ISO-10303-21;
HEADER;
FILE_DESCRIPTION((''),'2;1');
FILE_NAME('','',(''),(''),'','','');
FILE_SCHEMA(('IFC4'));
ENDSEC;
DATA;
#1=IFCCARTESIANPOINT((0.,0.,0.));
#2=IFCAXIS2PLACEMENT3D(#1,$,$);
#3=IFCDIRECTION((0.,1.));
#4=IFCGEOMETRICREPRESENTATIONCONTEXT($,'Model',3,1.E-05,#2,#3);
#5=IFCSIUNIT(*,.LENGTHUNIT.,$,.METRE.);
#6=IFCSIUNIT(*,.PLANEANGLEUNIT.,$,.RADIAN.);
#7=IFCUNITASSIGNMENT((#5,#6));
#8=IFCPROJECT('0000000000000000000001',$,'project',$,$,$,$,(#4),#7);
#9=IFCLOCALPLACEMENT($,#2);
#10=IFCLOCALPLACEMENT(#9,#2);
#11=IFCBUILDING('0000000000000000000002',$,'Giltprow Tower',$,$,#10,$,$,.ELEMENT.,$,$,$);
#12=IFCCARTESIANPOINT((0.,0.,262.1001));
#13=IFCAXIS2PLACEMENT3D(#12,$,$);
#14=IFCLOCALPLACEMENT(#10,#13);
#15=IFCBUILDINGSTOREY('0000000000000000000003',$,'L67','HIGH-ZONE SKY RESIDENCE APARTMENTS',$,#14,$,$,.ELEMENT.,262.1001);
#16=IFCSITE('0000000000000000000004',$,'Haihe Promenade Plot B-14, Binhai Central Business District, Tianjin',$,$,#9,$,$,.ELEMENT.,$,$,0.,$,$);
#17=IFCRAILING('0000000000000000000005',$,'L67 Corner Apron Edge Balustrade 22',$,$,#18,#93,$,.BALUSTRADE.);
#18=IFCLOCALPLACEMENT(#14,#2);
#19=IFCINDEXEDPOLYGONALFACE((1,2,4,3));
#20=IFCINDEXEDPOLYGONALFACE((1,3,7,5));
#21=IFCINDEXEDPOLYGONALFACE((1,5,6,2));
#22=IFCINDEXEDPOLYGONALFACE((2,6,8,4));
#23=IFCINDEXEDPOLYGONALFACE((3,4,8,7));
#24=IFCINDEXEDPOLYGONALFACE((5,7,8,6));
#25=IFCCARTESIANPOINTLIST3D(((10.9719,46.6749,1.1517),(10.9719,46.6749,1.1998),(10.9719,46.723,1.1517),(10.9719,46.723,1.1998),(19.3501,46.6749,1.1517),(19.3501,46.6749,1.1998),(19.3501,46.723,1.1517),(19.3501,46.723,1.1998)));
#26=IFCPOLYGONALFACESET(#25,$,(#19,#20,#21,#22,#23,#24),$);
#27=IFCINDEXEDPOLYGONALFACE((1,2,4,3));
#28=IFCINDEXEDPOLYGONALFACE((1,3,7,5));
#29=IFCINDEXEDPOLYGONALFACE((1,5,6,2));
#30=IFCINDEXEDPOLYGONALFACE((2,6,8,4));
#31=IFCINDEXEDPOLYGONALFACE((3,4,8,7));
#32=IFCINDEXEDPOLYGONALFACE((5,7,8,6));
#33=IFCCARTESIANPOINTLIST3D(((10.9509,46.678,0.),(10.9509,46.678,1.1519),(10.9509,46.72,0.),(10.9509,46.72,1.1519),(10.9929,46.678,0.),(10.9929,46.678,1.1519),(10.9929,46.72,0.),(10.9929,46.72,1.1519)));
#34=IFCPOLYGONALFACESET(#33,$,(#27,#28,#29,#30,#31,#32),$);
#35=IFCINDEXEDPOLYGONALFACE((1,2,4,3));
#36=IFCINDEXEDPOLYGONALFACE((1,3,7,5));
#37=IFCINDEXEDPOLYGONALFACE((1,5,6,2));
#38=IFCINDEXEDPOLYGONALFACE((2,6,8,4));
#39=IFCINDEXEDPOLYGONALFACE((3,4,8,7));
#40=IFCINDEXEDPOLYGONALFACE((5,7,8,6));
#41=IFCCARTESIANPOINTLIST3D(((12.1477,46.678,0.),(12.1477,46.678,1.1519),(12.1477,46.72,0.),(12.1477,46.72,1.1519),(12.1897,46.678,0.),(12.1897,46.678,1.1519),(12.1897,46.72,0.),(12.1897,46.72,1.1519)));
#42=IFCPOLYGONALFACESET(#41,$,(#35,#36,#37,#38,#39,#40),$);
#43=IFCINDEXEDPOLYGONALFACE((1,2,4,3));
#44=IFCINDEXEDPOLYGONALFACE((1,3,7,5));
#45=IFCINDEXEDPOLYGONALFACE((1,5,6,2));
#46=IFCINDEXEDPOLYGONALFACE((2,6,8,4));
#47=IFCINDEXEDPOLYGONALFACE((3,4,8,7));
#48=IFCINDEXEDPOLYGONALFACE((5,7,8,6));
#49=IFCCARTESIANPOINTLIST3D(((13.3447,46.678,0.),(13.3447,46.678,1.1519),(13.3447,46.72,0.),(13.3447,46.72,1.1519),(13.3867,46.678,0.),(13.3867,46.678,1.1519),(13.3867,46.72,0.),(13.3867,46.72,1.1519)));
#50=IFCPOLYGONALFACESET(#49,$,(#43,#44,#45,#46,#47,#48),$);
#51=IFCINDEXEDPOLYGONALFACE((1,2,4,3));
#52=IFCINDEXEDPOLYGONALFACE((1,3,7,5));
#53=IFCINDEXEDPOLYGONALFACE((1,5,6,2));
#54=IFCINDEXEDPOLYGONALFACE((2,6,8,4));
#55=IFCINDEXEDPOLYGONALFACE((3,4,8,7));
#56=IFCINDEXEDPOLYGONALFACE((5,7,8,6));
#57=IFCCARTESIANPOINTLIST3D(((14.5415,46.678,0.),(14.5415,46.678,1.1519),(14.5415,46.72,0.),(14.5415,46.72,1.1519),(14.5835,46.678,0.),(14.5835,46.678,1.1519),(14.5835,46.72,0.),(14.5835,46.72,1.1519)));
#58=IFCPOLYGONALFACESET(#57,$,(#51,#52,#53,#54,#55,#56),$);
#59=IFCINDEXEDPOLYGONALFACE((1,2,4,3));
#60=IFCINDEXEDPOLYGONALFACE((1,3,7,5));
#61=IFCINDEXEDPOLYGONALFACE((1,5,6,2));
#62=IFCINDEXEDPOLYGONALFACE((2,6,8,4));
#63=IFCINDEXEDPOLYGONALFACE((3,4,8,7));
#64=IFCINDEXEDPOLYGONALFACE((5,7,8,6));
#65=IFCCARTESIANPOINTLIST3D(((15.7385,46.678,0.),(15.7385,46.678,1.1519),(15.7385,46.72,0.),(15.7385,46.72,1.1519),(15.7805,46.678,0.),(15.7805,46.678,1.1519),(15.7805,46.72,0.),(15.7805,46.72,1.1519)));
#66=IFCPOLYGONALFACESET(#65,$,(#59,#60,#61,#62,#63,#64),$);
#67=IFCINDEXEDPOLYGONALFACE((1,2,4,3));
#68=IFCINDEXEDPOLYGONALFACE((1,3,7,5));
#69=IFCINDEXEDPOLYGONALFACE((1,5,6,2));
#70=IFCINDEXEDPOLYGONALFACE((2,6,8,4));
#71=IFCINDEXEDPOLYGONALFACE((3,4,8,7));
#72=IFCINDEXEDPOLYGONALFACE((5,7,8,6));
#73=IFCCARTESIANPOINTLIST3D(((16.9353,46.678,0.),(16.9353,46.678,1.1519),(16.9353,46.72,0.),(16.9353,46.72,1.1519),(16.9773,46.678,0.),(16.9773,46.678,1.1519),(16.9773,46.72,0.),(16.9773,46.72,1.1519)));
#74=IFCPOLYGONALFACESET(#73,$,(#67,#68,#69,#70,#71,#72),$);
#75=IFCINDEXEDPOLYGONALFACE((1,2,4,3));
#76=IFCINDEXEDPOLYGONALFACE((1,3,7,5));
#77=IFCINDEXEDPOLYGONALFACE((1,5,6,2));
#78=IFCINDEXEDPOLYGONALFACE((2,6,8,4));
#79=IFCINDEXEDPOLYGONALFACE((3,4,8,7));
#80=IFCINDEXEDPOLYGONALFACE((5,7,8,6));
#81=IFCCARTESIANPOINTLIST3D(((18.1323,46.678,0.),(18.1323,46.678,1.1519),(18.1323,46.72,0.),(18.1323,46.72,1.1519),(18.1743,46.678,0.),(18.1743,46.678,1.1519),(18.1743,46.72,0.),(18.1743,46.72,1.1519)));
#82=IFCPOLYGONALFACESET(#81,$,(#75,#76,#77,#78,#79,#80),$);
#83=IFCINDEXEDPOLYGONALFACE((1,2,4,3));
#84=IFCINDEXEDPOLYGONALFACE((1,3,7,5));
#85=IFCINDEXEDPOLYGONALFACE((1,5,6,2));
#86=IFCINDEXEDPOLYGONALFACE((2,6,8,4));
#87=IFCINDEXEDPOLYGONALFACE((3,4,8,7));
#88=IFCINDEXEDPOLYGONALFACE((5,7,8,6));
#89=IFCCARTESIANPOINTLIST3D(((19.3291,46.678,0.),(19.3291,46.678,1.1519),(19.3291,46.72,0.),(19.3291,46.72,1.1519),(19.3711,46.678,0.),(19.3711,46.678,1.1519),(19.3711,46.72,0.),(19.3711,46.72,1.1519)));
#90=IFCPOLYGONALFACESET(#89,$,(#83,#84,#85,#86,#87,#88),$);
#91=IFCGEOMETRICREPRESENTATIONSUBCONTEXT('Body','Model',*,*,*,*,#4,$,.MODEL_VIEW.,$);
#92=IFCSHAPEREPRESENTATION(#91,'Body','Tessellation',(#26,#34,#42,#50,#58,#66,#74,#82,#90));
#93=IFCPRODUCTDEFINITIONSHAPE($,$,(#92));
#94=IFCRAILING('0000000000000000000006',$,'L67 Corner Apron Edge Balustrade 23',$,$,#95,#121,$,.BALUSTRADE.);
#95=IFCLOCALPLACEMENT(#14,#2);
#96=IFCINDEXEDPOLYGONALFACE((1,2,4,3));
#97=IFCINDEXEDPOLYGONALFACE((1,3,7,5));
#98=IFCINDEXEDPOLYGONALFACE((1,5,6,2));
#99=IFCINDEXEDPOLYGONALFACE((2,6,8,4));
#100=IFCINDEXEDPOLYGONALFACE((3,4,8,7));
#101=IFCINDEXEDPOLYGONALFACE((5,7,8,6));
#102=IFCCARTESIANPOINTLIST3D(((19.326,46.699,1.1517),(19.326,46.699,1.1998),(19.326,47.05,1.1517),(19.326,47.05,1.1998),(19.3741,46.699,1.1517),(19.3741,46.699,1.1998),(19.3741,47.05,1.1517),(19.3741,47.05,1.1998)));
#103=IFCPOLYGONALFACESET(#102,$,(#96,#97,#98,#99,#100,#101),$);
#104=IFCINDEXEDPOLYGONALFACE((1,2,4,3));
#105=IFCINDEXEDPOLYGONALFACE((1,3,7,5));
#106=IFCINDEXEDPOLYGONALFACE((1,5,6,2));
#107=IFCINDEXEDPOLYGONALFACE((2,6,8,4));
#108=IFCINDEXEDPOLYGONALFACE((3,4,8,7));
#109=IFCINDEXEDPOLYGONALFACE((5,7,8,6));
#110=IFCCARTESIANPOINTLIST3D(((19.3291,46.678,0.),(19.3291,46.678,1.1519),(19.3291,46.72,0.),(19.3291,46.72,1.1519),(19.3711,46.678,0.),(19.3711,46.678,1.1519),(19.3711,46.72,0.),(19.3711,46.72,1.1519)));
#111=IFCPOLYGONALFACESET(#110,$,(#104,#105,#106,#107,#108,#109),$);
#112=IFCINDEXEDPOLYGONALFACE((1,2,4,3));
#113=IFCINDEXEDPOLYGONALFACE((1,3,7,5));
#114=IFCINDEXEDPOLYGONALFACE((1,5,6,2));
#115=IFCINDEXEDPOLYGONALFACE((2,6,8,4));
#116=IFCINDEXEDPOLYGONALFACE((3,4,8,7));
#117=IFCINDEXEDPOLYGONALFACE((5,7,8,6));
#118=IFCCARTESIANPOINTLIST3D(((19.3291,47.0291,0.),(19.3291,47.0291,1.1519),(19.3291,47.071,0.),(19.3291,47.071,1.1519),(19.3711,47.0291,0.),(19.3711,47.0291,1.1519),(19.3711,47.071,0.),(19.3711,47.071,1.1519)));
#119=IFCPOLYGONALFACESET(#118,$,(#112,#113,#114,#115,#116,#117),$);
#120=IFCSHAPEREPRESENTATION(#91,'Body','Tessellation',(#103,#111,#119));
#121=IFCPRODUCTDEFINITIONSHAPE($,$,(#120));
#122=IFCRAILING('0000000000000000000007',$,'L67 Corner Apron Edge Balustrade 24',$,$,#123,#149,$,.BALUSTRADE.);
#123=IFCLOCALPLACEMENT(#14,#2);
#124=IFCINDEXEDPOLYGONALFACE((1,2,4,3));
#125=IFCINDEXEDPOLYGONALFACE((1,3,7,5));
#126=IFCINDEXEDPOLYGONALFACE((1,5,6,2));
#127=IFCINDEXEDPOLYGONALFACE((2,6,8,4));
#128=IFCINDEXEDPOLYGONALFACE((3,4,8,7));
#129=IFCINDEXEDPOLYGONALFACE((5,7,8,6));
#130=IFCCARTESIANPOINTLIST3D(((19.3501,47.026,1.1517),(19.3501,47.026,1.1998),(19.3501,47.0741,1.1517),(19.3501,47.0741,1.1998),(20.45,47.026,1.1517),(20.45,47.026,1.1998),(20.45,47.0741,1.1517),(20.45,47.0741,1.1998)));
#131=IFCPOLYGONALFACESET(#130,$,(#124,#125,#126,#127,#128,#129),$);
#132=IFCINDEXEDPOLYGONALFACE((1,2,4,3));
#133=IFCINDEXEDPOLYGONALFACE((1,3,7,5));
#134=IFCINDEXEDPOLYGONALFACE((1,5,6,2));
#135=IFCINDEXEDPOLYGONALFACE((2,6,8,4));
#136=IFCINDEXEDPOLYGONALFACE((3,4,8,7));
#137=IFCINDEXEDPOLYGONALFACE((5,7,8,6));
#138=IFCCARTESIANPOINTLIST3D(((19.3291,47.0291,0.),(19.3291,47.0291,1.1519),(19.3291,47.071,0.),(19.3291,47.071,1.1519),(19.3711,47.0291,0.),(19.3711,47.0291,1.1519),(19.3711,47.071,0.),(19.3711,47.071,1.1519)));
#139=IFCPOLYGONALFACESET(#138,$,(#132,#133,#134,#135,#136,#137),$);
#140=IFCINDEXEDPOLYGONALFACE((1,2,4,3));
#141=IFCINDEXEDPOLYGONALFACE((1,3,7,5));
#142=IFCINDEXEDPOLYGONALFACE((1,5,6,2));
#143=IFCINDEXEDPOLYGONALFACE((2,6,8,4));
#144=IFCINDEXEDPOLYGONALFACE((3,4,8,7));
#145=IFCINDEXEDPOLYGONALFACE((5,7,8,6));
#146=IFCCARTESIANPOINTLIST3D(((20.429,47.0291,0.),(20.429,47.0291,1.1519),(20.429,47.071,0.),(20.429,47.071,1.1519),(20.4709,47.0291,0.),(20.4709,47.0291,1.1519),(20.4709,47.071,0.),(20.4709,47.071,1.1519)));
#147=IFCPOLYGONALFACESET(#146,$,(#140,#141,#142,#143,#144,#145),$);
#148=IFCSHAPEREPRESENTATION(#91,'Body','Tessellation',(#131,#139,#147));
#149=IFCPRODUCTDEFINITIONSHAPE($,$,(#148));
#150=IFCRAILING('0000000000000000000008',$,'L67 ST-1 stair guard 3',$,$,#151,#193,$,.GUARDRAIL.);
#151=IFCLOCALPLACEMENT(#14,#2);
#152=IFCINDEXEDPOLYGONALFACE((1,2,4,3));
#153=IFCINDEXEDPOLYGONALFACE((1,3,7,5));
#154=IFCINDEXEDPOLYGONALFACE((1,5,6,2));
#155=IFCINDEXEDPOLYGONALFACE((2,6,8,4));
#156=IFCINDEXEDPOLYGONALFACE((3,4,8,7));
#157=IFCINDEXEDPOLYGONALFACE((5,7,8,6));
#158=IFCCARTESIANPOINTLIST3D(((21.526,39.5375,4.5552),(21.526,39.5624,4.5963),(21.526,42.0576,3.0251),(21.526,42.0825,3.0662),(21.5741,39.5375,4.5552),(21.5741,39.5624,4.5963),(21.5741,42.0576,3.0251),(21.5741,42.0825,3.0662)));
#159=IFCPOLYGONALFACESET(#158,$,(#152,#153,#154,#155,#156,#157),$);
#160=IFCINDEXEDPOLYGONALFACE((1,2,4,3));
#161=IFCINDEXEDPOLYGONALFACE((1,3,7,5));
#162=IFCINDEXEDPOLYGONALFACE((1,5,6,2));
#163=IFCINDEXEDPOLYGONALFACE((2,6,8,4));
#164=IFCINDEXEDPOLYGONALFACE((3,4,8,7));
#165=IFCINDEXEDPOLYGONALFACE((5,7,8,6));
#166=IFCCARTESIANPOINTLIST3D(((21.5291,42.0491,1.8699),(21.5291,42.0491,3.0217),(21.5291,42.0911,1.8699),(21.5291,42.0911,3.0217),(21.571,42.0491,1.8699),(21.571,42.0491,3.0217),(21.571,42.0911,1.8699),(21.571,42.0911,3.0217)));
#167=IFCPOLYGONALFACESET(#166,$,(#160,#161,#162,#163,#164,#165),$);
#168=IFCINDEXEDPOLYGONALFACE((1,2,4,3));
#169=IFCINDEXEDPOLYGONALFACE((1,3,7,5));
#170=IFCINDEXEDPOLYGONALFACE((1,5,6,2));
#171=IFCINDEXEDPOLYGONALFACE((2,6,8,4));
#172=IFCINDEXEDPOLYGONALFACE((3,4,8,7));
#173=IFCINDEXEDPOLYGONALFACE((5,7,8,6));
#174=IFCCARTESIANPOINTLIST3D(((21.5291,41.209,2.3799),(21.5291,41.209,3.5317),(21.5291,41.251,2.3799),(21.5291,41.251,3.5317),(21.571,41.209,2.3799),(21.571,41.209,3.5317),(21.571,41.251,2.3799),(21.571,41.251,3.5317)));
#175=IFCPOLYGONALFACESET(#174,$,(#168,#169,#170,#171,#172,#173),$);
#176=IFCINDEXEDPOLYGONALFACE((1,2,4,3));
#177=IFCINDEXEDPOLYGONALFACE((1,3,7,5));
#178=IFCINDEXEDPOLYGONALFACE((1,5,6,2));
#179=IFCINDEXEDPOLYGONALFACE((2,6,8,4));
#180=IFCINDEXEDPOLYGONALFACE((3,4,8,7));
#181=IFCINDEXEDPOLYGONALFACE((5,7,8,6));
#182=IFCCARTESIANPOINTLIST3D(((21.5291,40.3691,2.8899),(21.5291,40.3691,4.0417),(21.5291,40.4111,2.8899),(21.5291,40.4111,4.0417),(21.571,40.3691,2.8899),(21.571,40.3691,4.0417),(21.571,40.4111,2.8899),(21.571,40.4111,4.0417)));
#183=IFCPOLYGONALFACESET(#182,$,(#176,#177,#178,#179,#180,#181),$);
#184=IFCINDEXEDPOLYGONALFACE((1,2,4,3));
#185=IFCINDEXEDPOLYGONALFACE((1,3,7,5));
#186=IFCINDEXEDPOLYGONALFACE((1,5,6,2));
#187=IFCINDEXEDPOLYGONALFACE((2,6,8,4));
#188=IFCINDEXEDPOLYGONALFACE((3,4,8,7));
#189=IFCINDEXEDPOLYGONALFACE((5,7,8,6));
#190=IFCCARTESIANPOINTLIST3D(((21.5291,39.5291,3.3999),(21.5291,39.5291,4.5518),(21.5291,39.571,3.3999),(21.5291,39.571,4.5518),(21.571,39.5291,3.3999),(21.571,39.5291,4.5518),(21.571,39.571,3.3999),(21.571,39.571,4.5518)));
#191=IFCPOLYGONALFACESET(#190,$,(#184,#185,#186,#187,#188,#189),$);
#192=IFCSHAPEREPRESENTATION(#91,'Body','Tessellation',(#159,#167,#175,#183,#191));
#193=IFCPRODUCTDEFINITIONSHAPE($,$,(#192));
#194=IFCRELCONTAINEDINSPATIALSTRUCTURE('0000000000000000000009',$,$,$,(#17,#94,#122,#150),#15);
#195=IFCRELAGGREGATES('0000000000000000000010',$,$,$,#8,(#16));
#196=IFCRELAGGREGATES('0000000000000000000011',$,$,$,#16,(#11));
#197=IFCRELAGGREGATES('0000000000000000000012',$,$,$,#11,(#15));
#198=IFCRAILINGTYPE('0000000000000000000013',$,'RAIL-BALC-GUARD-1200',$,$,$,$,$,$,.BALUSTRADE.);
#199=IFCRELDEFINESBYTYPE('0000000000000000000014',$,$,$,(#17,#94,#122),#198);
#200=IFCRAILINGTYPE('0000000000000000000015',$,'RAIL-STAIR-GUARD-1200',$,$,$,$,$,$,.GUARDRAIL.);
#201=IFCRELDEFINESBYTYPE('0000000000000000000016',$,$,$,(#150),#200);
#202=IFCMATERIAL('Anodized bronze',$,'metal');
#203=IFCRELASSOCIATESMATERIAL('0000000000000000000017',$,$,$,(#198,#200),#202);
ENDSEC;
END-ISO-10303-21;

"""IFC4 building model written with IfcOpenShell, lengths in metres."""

from ifc_helpers import new_model, si_unit, direction, frame, origin, origin_2d, place, context, subcontext, project, spatial, rectangle, extrude, material, type_object, element, save


model = new_model("IFC4")

# Units and contexts
model_context = context("Model", 3, precision=1e-05, world=origin(), true_north=direction((0.0, 1.0)))
body_context = subcontext(model_context, "Body", "Model", "MODEL_VIEW")
ifc_project = project(units=[si_unit("LENGTHUNIT", "METRE"), si_unit("PLANEANGLEUNIT", "RADIAN")], contexts=[model_context])

# Site, building, storey
site_placement = place(None, origin())
site = spatial("IfcSite", under=ifc_project, at=site_placement, Name="Haihe Promenade Plot B-14, Binhai Central Business District, Tianjin", CompositionType="ELEMENT", RefElevation=0.0)
building_placement = place(site_placement, origin())
building = spatial("IfcBuilding", under=site, at=building_placement, Name="Giltprow Tower", CompositionType="ELEMENT")
storey_placement = place(building_placement, frame((0.0, 0.0, 262.1001)))
storey = spatial("IfcBuildingStorey", under=building, at=storey_placement, Name="L67", Description="HIGH-ZONE SKY RESIDENCE APARTMENTS", CompositionType="ELEMENT", Elevation=262.1001)

# Railings
ifc_material_1 = material(Name="Anodized bronze", Category="metal")
railing_type_1 = type_object("IfcRailingType", Name="RAIL-BALC-GUARD-1200", PredefinedType="BALUSTRADE", material=ifc_material_1)
railing_1_placement = place(storey_placement, frame((10.9719, 46.699, 0.0)))
element("IfcRailing", 1, at=railing_1_placement, inside=storey, type_object=railing_type_1, Name="L67 Corner Apron Edge Balustrade 22", PredefinedType="BALUSTRADE", context=body_context, shape_type="SweptSolid", body=[
    extrude(rectangle(XDim=0.0481, YDim=0.0481, at=origin_2d()), frame((0.0, 0.0, 1.1758), z_axis=(1.0, 0.0, 0.0), x_axis=(0.0, 1.0, 0.0)), (0.0, 0.0, 1.0), 8.3782),
    extrude(rectangle(XDim=0.042, YDim=0.042, at=origin_2d()), origin(), (0.0, 0.0, 1.0), 1.1519),
    extrude(rectangle(XDim=0.042, YDim=0.042, at=origin_2d()), frame((1.1968, 0.0, 0.0)), (0.0, 0.0, 1.0), 1.1519),
    extrude(rectangle(XDim=0.042, YDim=0.042, at=origin_2d()), frame((2.3938, 0.0, 0.0)), (0.0, 0.0, 1.0), 1.1519),
    extrude(rectangle(XDim=0.042, YDim=0.042, at=origin_2d()), frame((3.5906, 0.0, 0.0)), (0.0, 0.0, 1.0), 1.1519),
    extrude(rectangle(XDim=0.042, YDim=0.042, at=origin_2d()), frame((4.7876, 0.0, 0.0)), (0.0, 0.0, 1.0), 1.1519),
    extrude(rectangle(XDim=0.042, YDim=0.042, at=origin_2d()), frame((5.9844, 0.0, 0.0)), (0.0, 0.0, 1.0), 1.1519),
    extrude(rectangle(XDim=0.042, YDim=0.042, at=origin_2d()), frame((7.1814, 0.0, 0.0)), (0.0, 0.0, 1.0), 1.1519),
    extrude(rectangle(XDim=0.042, YDim=0.042, at=origin_2d()), frame((8.3782, 0.0, 0.0)), (0.0, 0.0, 1.0), 1.1519),
])
railing_2_placement = place(storey_placement, frame((19.3501, 46.699, 0.0)))
element("IfcRailing", 2, at=railing_2_placement, inside=storey, type_object=railing_type_1, Name="L67 Corner Apron Edge Balustrade 23", PredefinedType="BALUSTRADE", context=body_context, shape_type="SweptSolid", body=[
    extrude(rectangle(XDim=0.0481, YDim=0.0481, at=origin_2d()), frame((0.0, 0.0, 1.1758), z_axis=(0.0, 1.0, 0.0), x_axis=(-1.0, 0.0, 0.0)), (0.0, 0.0, 1.0), 0.3511),
    extrude(rectangle(XDim=0.042, YDim=0.042, at=origin_2d()), origin(), (0.0, 0.0, 1.0), 1.1519),
    extrude(rectangle(XDim=0.042, YDim=0.042, at=origin_2d()), frame((0.0, 0.3511, 0.0)), (0.0, 0.0, 1.0), 1.1519),
])
railing_3_placement = place(storey_placement, frame((19.3501, 47.05, 0.0)))
element("IfcRailing", 3, at=railing_3_placement, inside=storey, type_object=railing_type_1, Name="L67 Corner Apron Edge Balustrade 24", PredefinedType="BALUSTRADE", context=body_context, shape_type="SweptSolid", body=[
    extrude(rectangle(XDim=0.0481, YDim=0.0481, at=origin_2d()), frame((0.0, 0.0, 1.1758), z_axis=(1.0, 0.0, 0.0), x_axis=(0.0, 1.0, 0.0)), (0.0, 0.0, 1.0), 1.0999),
    extrude(rectangle(XDim=0.042, YDim=0.042, at=origin_2d()), origin(), (0.0, 0.0, 1.0), 1.1519),
    extrude(rectangle(XDim=0.042, YDim=0.042, at=origin_2d()), frame((1.0999, 0.0, 0.0)), (0.0, 0.0, 1.0), 1.1519),
])
railing_type_2 = type_object("IfcRailingType", Name="RAIL-STAIR-GUARD-1200", PredefinedType="GUARDRAIL", material=ifc_material_1)
railing_4_placement = place(storey_placement, frame((21.55, 42.0701, 1.8699)))
element("IfcRailing", 4, at=railing_4_placement, inside=storey, type_object=railing_type_2, Name="L67 ST-1 stair guard 3", PredefinedType="GUARDRAIL", context=body_context, shape_type="SweptSolid", body=[
    extrude(rectangle(XDim=0.0481, YDim=0.0481, at=origin_2d()), frame((0.0, 0.0, 1.1758), z_axis=(0.0, -0.854785, 0.518982), x_axis=(1.0, 0.0, 0.0)), (0.0, 0.0, 1.0), 2.9482),
    extrude(rectangle(XDim=0.042, YDim=0.042, at=origin_2d()), origin(), (0.0, 0.0, 1.0), 1.1519),
    extrude(rectangle(XDim=0.042, YDim=0.042, at=origin_2d()), frame((0.0, -0.8401, 0.51)), (0.0, 0.0, 1.0), 1.1519),
    extrude(rectangle(XDim=0.042, YDim=0.042, at=origin_2d()), frame((0.0, -1.6799, 1.02)), (0.0, 0.0, 1.0), 1.1519),
    extrude(rectangle(XDim=0.042, YDim=0.042, at=origin_2d()), frame((0.0, -2.52, 1.53)), (0.0, 0.0, 1.0), 1.1519),
])

save(model, "model.ifc")
